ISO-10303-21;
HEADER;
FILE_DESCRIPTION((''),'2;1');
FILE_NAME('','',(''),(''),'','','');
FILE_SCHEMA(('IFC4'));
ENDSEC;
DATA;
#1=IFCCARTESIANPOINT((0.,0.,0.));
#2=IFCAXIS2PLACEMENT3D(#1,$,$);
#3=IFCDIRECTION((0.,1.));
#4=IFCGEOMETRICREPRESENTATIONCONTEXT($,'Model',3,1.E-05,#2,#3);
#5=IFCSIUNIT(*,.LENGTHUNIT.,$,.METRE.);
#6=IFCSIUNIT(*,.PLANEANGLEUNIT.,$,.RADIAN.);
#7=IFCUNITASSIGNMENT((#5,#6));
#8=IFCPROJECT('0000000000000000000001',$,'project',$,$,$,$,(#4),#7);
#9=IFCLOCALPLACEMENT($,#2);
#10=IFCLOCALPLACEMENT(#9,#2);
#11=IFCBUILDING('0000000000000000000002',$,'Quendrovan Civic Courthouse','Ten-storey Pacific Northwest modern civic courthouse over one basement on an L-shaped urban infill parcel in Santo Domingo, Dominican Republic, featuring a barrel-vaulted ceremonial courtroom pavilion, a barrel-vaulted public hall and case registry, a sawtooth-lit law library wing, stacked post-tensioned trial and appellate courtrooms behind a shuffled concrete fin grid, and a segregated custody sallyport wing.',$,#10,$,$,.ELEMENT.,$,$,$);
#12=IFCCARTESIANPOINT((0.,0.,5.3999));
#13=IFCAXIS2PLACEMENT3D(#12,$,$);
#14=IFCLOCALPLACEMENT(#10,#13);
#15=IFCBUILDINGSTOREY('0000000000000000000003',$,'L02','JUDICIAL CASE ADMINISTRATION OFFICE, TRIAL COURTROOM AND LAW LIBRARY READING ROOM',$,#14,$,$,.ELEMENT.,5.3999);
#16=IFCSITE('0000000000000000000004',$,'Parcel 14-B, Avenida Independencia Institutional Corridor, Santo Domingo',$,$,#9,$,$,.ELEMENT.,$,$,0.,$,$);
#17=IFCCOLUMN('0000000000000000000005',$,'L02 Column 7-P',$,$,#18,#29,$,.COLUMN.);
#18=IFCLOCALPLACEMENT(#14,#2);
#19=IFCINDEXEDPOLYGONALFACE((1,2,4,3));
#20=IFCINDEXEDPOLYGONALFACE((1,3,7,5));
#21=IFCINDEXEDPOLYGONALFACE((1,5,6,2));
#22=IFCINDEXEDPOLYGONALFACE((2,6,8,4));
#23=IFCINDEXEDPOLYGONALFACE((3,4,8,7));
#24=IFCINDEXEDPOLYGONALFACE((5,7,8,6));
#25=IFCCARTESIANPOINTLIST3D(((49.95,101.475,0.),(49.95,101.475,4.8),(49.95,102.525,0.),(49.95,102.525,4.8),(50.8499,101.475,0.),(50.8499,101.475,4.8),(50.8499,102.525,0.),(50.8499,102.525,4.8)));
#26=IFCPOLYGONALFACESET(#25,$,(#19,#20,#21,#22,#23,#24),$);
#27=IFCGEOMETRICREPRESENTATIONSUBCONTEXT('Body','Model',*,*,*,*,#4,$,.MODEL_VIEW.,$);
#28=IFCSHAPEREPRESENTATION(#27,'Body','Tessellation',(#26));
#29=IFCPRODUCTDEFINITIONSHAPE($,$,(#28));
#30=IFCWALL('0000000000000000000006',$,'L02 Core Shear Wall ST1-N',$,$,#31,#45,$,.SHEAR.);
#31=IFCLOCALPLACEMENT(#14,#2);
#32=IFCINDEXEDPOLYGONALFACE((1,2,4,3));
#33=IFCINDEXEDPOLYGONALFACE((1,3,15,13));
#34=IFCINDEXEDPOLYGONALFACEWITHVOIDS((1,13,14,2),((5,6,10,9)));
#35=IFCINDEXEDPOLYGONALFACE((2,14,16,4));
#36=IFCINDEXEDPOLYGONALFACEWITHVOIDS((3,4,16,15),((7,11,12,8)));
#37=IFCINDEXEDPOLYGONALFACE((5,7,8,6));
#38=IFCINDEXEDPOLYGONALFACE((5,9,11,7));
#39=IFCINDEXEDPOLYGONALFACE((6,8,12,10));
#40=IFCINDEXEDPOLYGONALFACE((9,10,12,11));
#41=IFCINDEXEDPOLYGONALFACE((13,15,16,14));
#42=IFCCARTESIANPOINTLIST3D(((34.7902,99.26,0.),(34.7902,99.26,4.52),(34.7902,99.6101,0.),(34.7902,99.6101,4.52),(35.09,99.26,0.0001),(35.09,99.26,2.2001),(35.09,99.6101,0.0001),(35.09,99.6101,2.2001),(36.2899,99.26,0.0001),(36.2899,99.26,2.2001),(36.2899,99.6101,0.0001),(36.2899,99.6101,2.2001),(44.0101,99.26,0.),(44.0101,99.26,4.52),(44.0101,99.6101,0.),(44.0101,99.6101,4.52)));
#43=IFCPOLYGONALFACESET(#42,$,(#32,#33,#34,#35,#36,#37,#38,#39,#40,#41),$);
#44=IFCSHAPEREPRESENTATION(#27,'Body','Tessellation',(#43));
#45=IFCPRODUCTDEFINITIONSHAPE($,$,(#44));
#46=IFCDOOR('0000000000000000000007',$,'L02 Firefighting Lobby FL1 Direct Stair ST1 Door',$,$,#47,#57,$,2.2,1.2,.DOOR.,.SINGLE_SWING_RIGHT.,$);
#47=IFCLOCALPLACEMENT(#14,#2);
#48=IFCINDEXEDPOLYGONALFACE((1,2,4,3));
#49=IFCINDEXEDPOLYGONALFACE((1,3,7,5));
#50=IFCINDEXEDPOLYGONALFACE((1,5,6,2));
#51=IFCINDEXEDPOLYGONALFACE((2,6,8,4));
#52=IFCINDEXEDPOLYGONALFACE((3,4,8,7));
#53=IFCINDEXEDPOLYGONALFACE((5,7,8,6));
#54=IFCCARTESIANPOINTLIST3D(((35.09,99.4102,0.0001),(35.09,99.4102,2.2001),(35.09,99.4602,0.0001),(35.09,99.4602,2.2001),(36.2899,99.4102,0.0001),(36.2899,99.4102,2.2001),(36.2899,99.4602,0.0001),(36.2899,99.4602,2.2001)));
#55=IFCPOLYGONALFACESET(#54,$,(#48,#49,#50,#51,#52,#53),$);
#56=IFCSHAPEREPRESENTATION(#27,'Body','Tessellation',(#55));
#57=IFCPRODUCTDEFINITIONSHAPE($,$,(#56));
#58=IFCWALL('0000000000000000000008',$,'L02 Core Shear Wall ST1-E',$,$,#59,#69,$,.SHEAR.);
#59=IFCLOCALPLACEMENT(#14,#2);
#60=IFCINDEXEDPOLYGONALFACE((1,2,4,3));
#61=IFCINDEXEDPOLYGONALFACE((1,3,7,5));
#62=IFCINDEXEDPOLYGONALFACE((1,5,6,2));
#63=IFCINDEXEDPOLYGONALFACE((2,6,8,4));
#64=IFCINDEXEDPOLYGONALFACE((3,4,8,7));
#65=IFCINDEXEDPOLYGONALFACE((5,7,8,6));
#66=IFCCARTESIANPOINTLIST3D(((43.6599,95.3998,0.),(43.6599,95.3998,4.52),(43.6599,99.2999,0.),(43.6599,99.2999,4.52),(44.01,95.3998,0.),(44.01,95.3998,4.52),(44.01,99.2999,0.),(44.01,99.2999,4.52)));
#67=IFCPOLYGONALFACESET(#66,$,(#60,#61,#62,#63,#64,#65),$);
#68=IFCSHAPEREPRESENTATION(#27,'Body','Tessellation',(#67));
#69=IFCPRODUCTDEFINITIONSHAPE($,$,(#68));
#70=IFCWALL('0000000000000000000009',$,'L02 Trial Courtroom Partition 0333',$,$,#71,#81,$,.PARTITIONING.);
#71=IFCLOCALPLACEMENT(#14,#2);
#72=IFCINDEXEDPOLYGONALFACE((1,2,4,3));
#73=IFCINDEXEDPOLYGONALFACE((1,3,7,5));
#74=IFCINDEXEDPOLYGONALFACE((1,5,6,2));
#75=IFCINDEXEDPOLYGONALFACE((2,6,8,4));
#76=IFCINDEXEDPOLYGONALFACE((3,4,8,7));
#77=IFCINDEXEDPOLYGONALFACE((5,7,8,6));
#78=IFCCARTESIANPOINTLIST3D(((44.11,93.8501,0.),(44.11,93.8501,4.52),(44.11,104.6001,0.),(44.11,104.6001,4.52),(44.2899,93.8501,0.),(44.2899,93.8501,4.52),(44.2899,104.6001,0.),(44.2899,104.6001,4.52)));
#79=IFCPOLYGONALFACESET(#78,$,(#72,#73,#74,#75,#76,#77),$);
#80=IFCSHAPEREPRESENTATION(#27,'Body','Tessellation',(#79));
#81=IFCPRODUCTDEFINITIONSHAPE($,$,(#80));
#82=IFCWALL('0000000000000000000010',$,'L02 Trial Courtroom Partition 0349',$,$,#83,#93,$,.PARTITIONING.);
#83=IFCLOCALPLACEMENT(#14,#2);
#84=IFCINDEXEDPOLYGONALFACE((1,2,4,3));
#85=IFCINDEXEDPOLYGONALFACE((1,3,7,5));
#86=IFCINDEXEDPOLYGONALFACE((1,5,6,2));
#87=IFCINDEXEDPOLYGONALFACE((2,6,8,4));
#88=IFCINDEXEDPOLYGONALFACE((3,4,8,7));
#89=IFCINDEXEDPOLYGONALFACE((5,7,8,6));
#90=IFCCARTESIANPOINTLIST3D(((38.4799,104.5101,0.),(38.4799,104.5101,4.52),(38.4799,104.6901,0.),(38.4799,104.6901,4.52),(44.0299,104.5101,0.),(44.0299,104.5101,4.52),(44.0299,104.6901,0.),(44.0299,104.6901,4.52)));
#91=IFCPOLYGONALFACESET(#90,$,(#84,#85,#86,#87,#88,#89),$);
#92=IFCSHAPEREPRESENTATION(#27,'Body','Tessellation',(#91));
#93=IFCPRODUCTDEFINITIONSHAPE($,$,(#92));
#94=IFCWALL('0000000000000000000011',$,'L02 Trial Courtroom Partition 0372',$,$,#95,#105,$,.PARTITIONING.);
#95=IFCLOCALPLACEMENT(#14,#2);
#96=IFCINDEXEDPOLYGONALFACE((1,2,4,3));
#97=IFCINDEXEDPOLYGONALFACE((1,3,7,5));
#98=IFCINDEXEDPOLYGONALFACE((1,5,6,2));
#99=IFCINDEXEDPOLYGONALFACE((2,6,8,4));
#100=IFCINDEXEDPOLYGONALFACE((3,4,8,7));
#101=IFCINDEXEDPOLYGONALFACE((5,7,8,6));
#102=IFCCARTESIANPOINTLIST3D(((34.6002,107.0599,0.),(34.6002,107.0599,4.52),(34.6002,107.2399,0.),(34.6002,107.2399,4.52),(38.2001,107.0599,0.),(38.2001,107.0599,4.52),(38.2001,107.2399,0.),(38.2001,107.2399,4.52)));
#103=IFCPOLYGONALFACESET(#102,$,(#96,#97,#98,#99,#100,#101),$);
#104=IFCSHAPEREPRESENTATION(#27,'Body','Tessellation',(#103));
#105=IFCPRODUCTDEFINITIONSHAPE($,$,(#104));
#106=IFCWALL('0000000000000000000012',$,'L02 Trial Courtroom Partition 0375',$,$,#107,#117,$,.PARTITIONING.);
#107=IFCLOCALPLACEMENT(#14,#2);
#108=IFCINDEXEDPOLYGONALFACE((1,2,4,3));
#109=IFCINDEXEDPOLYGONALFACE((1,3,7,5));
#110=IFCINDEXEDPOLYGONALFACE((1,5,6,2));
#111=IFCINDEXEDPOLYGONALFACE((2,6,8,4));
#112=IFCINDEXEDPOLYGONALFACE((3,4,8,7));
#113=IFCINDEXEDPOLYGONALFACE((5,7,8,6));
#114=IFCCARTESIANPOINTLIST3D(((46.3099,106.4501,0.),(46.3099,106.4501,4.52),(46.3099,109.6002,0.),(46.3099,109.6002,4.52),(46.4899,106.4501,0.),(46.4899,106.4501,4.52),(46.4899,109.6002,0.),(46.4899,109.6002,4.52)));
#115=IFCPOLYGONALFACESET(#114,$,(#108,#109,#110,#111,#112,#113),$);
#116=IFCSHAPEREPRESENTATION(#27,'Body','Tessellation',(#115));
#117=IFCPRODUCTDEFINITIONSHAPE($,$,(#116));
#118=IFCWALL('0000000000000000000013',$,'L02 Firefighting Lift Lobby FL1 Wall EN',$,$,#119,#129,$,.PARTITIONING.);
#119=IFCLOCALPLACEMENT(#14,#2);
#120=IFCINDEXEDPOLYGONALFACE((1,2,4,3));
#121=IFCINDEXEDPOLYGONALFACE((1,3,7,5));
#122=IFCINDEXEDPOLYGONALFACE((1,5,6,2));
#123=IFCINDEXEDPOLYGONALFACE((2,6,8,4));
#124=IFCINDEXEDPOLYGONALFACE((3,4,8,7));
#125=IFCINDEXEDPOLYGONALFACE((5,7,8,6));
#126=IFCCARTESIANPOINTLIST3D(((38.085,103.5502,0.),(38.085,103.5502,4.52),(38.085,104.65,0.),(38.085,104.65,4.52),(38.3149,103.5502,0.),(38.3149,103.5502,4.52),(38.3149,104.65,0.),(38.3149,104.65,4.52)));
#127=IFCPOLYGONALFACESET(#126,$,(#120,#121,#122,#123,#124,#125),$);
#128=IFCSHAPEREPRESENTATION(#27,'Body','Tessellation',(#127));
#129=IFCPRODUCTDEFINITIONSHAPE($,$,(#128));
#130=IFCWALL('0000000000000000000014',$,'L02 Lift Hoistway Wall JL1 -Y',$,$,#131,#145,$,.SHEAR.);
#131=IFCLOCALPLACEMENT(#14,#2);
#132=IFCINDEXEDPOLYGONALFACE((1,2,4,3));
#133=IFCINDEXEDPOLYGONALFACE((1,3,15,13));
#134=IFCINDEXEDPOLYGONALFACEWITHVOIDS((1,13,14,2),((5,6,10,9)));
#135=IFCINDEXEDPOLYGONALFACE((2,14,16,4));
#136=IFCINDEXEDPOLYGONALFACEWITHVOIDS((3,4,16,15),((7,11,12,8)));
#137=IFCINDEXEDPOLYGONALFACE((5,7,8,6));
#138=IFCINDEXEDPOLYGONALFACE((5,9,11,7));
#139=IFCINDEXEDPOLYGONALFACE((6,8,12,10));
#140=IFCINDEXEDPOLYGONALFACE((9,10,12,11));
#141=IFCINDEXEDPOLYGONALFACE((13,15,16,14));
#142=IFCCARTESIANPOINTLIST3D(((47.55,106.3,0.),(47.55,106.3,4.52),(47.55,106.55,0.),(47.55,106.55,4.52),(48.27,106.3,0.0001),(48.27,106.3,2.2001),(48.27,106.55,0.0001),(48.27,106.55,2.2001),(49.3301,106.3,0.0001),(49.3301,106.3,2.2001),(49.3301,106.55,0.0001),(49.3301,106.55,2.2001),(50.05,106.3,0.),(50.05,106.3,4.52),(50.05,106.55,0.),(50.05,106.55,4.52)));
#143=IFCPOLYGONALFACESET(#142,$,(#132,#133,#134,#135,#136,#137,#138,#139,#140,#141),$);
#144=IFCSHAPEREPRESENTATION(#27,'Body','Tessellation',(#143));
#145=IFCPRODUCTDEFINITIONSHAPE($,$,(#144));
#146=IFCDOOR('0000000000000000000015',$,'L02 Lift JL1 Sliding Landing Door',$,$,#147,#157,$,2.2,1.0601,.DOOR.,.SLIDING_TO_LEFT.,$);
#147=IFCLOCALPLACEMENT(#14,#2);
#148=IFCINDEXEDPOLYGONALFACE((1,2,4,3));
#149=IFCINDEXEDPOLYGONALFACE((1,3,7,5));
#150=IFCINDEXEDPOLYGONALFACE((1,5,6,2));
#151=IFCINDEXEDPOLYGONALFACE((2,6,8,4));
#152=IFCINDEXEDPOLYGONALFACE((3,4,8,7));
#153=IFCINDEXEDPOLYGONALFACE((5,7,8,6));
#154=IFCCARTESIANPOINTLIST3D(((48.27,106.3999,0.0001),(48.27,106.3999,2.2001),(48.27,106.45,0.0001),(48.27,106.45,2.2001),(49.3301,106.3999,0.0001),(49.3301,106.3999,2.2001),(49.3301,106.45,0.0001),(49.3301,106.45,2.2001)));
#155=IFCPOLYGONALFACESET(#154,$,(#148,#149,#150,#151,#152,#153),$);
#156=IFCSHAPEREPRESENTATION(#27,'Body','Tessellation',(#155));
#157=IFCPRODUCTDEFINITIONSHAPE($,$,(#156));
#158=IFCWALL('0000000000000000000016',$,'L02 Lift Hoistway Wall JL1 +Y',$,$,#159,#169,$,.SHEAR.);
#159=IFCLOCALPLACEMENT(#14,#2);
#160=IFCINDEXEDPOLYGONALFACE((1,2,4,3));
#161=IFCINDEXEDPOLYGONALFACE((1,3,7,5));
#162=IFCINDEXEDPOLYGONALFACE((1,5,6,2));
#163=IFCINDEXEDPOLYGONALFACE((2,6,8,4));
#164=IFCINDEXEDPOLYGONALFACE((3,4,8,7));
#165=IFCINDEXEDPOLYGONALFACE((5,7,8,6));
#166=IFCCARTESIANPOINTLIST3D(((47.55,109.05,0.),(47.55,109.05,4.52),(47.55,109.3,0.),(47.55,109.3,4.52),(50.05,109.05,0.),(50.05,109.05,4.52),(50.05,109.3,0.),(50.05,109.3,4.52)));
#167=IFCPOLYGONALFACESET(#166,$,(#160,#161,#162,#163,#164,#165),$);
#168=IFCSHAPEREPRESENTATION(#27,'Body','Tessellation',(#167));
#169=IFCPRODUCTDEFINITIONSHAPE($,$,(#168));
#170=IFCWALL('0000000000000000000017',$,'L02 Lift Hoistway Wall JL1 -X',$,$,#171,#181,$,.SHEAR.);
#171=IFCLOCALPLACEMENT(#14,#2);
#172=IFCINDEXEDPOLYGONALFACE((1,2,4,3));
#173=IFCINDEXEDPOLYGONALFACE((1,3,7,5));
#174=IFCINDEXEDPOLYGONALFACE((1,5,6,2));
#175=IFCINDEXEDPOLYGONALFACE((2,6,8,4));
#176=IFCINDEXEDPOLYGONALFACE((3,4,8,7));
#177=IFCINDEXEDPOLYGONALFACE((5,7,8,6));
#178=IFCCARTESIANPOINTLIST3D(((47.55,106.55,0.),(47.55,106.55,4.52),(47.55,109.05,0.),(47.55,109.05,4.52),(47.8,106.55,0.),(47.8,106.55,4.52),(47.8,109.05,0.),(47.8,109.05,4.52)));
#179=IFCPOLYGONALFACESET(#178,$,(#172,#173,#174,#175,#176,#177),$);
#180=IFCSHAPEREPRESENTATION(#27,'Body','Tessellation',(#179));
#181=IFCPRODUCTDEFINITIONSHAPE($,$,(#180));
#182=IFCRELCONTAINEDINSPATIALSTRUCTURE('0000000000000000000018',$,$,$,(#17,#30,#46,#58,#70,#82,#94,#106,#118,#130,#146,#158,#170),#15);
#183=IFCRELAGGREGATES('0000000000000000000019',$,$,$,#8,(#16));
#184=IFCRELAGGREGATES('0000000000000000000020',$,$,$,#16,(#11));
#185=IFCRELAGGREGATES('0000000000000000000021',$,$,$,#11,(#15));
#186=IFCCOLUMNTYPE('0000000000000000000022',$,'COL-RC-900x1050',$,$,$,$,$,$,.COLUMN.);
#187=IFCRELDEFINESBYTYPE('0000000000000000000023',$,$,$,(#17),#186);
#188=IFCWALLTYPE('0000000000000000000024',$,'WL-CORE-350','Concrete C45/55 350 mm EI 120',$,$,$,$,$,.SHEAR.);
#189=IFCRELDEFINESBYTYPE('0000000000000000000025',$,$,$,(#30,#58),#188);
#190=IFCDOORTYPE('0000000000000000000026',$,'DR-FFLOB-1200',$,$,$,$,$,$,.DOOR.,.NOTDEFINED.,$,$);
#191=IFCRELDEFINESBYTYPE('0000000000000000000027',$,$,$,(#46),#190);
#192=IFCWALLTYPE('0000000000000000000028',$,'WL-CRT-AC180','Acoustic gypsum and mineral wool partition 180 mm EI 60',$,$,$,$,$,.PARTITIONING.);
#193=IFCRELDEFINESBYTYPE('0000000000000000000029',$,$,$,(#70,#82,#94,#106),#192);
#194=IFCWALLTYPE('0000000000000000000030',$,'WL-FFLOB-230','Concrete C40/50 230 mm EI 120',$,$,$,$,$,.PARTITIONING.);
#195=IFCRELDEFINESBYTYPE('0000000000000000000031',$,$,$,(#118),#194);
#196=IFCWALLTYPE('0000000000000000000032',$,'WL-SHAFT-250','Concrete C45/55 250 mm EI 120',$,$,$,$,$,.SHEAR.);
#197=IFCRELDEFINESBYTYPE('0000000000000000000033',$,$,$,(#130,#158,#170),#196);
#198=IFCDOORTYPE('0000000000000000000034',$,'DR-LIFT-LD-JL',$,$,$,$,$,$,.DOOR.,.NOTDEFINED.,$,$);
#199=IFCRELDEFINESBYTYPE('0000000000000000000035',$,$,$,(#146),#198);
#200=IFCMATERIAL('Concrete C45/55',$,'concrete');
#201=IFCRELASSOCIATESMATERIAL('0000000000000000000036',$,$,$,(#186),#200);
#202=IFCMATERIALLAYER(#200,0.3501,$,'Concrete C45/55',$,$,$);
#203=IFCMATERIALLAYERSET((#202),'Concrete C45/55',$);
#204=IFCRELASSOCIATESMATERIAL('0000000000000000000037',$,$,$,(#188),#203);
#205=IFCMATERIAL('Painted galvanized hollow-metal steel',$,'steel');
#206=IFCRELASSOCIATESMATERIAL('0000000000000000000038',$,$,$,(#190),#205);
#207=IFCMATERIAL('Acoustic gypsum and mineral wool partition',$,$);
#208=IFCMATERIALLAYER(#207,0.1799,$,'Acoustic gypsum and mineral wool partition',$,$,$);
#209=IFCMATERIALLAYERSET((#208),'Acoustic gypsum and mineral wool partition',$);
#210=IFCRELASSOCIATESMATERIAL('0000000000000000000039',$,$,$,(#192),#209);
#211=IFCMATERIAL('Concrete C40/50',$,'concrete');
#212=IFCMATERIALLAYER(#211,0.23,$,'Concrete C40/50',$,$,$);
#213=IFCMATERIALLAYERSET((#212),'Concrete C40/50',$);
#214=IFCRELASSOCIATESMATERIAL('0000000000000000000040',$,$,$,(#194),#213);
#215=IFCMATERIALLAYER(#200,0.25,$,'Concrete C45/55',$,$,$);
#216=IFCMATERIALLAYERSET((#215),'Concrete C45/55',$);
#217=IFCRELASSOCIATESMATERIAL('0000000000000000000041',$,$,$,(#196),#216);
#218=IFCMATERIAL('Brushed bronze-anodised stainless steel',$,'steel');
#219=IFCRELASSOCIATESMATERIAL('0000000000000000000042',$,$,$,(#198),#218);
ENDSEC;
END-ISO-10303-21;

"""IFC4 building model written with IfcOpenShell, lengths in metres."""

from ifc_helpers import new_model, si_unit, direction, frame, frame_2d, origin, origin_2d, place, context, subcontext, project, spatial, rectangle, extrude, material, layer, layer_set, material_profile, profile_set, type_object, element, fill, save


model = new_model("IFC4")

# Units and contexts
model_context = context("Model", 3, precision=1e-05, world=origin(), true_north=direction((0.0, 1.0)))
body_context = subcontext(model_context, "Body", "Model", "MODEL_VIEW")
ifc_project = project(units=[si_unit("LENGTHUNIT", "METRE"), si_unit("PLANEANGLEUNIT", "RADIAN")], contexts=[model_context])

# Site, building, storey
site_placement = place(None, origin())
site = spatial("IfcSite", under=ifc_project, at=site_placement, Name="Parcel 14-B, Avenida Independencia Institutional Corridor, Santo Domingo", CompositionType="ELEMENT", RefElevation=0.0)
building_placement = place(site_placement, origin())
building = spatial("IfcBuilding", under=site, at=building_placement, Name="Quendrovan Civic Courthouse", Description="Ten-storey Pacific Northwest modern civic courthouse over one basement on an L-shaped urban infill parcel in Santo Domingo, Dominican Republic, featuring a barrel-vaulted ceremonial courtroom pavilion, a barrel-vaulted public hall and case registry, a sawtooth-lit law library wing, stacked post-tensioned trial and appellate courtrooms behind a shuffled concrete fin grid, and a segregated custody sallyport wing.", CompositionType="ELEMENT")
storey_placement = place(building_placement, frame((0.0, 0.0, 5.3999)))
storey = spatial("IfcBuildingStorey", under=building, at=storey_placement, Name="L02", Description="JUDICIAL CASE ADMINISTRATION OFFICE, TRIAL COURTROOM AND LAW LIBRARY READING ROOM", CompositionType="ELEMENT", Elevation=5.3999)

# Column
ifc_material_1 = material(Name="Concrete C45/55", Category="concrete")
ifc_material_profile = material_profile(ifc_material_1, rectangle(XDim=0.8999, YDim=1.05, at=origin_2d()), Name="RC-COL-900x1050")
ifc_profile_set = profile_set([ifc_material_profile], Name="Concrete C45/55")
column_type = type_object("IfcColumnType", Name="COL-RC-900x1050", PredefinedType="COLUMN", material=ifc_profile_set)
column_placement = place(storey_placement, frame((50.3999, 102.0, 0.0), z_axis=(0.0, 0.0, 1.0), x_axis=(1.0, 0.0, 0.0)))
element("IfcColumn", 1, at=column_placement, inside=storey, type_object=column_type, Name="L02 Column 7-P", PredefinedType="COLUMN", context=body_context, shape_type="SweptSolid", body=[
    extrude(rectangle(XDim=0.8999, YDim=1.05, at=origin_2d()), origin(), (0.0, 0.0, 1.0), 4.8),
])

# Wall, opening, door
ifc_layer_1 = layer(ifc_material_1, 0.3501, Name="Concrete C45/55")
ifc_layer_set_1 = layer_set([ifc_layer_1], Name="Concrete C45/55")
wall_type_1 = type_object("IfcWallType", Name="WL-CORE-350", Description="Concrete C45/55 350 mm EI 120", PredefinedType="SHEAR", material=ifc_layer_set_1)
wall_1_placement = place(storey_placement, frame((44.01, 99.4351, 0.0), z_axis=(0.0, 0.0, 1.0), x_axis=(-1.0, 0.0, 0.0)))
wall_1 = element("IfcWall", 2, at=wall_1_placement, inside=storey, type_object=wall_type_1, Name="L02 Core Shear Wall ST1-N", PredefinedType="SHEAR", context=body_context, shape_type="SweptSolid", body=[
    extrude(rectangle(XDim=9.22, YDim=0.3501, at=frame_2d((4.6099, 0.0))), origin(), (0.0, 0.0, 1.0), 4.52),
])
opening_1_placement = place(wall_1_placement, frame((7.72, 0.0, 0.0)))
opening_1 = element("IfcOpeningElement", 3, at=opening_1_placement, cuts=wall_1, PredefinedType="OPENING", context=body_context, shape_type="SweptSolid", body=[
    extrude(rectangle(XDim=1.2, YDim=2.2, at=frame_2d((0.6001, 1.1001))), frame((0.0, 0.1851, 0.0), z_axis=(0.0, -1.0, 0.0), x_axis=(1.0, 0.0, 0.0)), (0.0, 0.0, 1.0), 0.3701),
])
ifc_material_2 = material(Name="Painted galvanized hollow-metal steel", Category="steel")
door_type_1 = type_object("IfcDoorType", Name="DR-FFLOB-1200", OperationType="NOTDEFINED", PredefinedType="DOOR", material=ifc_material_2)
door_1_placement = place(opening_1_placement, origin())
door_1 = element("IfcDoor", 4, at=door_1_placement, inside=storey, type_object=door_type_1, Name="L02 Firefighting Lobby FL1 Direct Stair ST1 Door", OperationType="SINGLE_SWING_RIGHT", OverallHeight=2.2, OverallWidth=1.2, PredefinedType="DOOR", context=body_context, shape_type="SweptSolid", body=[
    extrude(rectangle(XDim=1.2, YDim=2.2, at=frame_2d((0.6001, 1.1001))), frame((0.0, 0.0249, 0.0), z_axis=(0.0, -1.0, 0.0), x_axis=(1.0, 0.0, 0.0)), (0.0, 0.0, 1.0), 0.05),
])
fill(opening_1, door_1)

# Walls
wall_2_placement = place(storey_placement, frame((43.835, 99.3, 0.0), z_axis=(0.0, 0.0, 1.0), x_axis=(0.0, -1.0, 0.0)))
element("IfcWall", 5, at=wall_2_placement, inside=storey, type_object=wall_type_1, Name="L02 Core Shear Wall ST1-E", PredefinedType="SHEAR", context=body_context, shape_type="SweptSolid", body=[
    extrude(rectangle(XDim=3.9001, YDim=0.3501, at=frame_2d((1.9502, 0.0))), origin(), (0.0, 0.0, 1.0), 4.52),
])
ifc_material_3 = material(Name="Acoustic gypsum and mineral wool partition")
ifc_layer_2 = layer(ifc_material_3, 0.1799, Name="Acoustic gypsum and mineral wool partition")
ifc_layer_set_2 = layer_set([ifc_layer_2], Name="Acoustic gypsum and mineral wool partition")
wall_type_2 = type_object("IfcWallType", Name="WL-CRT-AC180", Description="Acoustic gypsum and mineral wool partition 180 mm EI 60", PredefinedType="PARTITIONING", material=ifc_layer_set_2)
wall_3_placement = place(storey_placement, frame((44.2, 104.6001, 0.0), z_axis=(0.0, 0.0, 1.0), x_axis=(0.0, -1.0, 0.0)))
element("IfcWall", 6, at=wall_3_placement, inside=storey, type_object=wall_type_2, Name="L02 Trial Courtroom Partition 0333", PredefinedType="PARTITIONING", context=body_context, shape_type="SweptSolid", body=[
    extrude(rectangle(XDim=10.75, YDim=0.1799, at=frame_2d((5.375, 0.0))), origin(), (0.0, 0.0, 1.0), 4.52),
])
wall_4_placement = place(storey_placement, frame((38.48, 104.6001, 0.0), z_axis=(0.0, 0.0, 1.0), x_axis=(1.0, 0.0, 0.0)))
element("IfcWall", 7, at=wall_4_placement, inside=storey, type_object=wall_type_2, Name="L02 Trial Courtroom Partition 0349", PredefinedType="PARTITIONING", context=body_context, shape_type="SweptSolid", body=[
    extrude(rectangle(XDim=5.55, YDim=0.1799, at=frame_2d((2.7749, 0.0))), origin(), (0.0, 0.0, 1.0), 4.52),
])
wall_5_placement = place(storey_placement, frame((38.2, 107.1499, 0.0), z_axis=(0.0, 0.0, 1.0), x_axis=(-1.0, 0.0, 0.0)))
element("IfcWall", 8, at=wall_5_placement, inside=storey, type_object=wall_type_2, Name="L02 Trial Courtroom Partition 0372", PredefinedType="PARTITIONING", context=body_context, shape_type="SweptSolid", body=[
    extrude(rectangle(XDim=3.5999, YDim=0.1799, at=frame_2d((1.7998, 0.0))), origin(), (0.0, 0.0, 1.0), 4.52),
])
wall_6_placement = place(storey_placement, frame((46.3999, 106.45, 0.0), z_axis=(0.0, 0.0, 1.0), x_axis=(0.0, 1.0, 0.0)))
element("IfcWall", 9, at=wall_6_placement, inside=storey, type_object=wall_type_2, Name="L02 Trial Courtroom Partition 0375", PredefinedType="PARTITIONING", context=body_context, shape_type="SweptSolid", body=[
    extrude(rectangle(XDim=3.1501, YDim=0.1799, at=frame_2d((1.5752, 0.0))), origin(), (0.0, 0.0, 1.0), 4.52),
])
ifc_material_4 = material(Name="Concrete C40/50", Category="concrete")
ifc_layer_3 = layer(ifc_material_4, 0.23, Name="Concrete C40/50")
ifc_layer_set_3 = layer_set([ifc_layer_3], Name="Concrete C40/50")
wall_type_3 = type_object("IfcWallType", Name="WL-FFLOB-230", Description="Concrete C40/50 230 mm EI 120", PredefinedType="PARTITIONING", material=ifc_layer_set_3)
wall_7_placement = place(storey_placement, frame((38.2, 104.6499, 0.0), z_axis=(0.0, 0.0, 1.0), x_axis=(0.0, -1.0, 0.0)))
element("IfcWall", 10, at=wall_7_placement, inside=storey, type_object=wall_type_3, Name="L02 Firefighting Lift Lobby FL1 Wall EN", PredefinedType="PARTITIONING", context=body_context, shape_type="SweptSolid", body=[
    extrude(rectangle(XDim=1.0999, YDim=0.23, at=frame_2d((0.5498, 0.0))), origin(), (0.0, 0.0, 1.0), 4.52),
])

# Wall, opening, door
ifc_layer_4 = layer(ifc_material_1, 0.25, Name="Concrete C45/55")
ifc_layer_set_4 = layer_set([ifc_layer_4], Name="Concrete C45/55")
wall_type_4 = type_object("IfcWallType", Name="WL-SHAFT-250", Description="Concrete C45/55 250 mm EI 120", PredefinedType="SHEAR", material=ifc_layer_set_4)
wall_8_placement = place(storey_placement, frame((47.55, 106.425, 0.0), z_axis=(0.0, 0.0, 1.0), x_axis=(1.0, 0.0, 0.0)))
wall_8 = element("IfcWall", 11, at=wall_8_placement, inside=storey, type_object=wall_type_4, Name="L02 Lift Hoistway Wall JL1 -Y", PredefinedType="SHEAR", context=body_context, shape_type="SweptSolid", body=[
    extrude(rectangle(XDim=2.5, YDim=0.25, at=frame_2d((1.25, 0.0))), origin(), (0.0, 0.0, 1.0), 4.52),
])
opening_2_placement = place(wall_8_placement, frame((0.72, 0.0, 0.0)))
opening_2 = element("IfcOpeningElement", 12, at=opening_2_placement, cuts=wall_8, PredefinedType="OPENING", context=body_context, shape_type="SweptSolid", body=[
    extrude(rectangle(XDim=1.0601, YDim=2.2, at=frame_2d((0.53, 1.1001))), frame((0.0, 0.135, 0.0), z_axis=(0.0, -1.0, 0.0), x_axis=(1.0, 0.0, 0.0)), (0.0, 0.0, 1.0), 0.27),
])
ifc_material_5 = material(Name="Brushed bronze-anodised stainless steel", Category="steel")
door_type_2 = type_object("IfcDoorType", Name="DR-LIFT-LD-JL", OperationType="NOTDEFINED", PredefinedType="DOOR", material=ifc_material_5)
door_2_placement = place(opening_2_placement, origin())
door_2 = element("IfcDoor", 13, at=door_2_placement, inside=storey, type_object=door_type_2, Name="L02 Lift JL1 Sliding Landing Door", OperationType="SLIDING_TO_LEFT", OverallHeight=2.2, OverallWidth=1.0601, PredefinedType="DOOR", context=body_context, shape_type="SweptSolid", body=[
    extrude(rectangle(XDim=1.0601, YDim=2.2, at=frame_2d((0.53, 1.1001))), frame((0.0, 0.0249, 0.0), z_axis=(0.0, -1.0, 0.0), x_axis=(1.0, 0.0, 0.0)), (0.0, 0.0, 1.0), 0.05),
])
fill(opening_2, door_2)

# Walls
for number, where, z_axis, x_axis, name in (
    (14, (50.05, 109.175, 0.0), (0.0, 0.0, 1.0), (-1.0, 0.0, 0.0), "L02 Lift Hoistway Wall JL1 +Y"),
    (15, (47.675, 106.55, 0.0), (0.0, 0.0, 1.0), (0.0, 1.0, 0.0), "L02 Lift Hoistway Wall JL1 -X"),
):
    element("IfcWall", number, at=place(storey_placement, frame(where, z_axis=z_axis, x_axis=x_axis)), inside=storey, type_object=wall_type_4, Name=name, PredefinedType="SHEAR", context=body_context, shape_type="SweptSolid", body=[
        extrude(rectangle(XDim=2.5, YDim=0.25, at=frame_2d((1.25, 0.0))), origin(), (0.0, 0.0, 1.0), 4.52),
    ])

save(model, "model.ifc")
